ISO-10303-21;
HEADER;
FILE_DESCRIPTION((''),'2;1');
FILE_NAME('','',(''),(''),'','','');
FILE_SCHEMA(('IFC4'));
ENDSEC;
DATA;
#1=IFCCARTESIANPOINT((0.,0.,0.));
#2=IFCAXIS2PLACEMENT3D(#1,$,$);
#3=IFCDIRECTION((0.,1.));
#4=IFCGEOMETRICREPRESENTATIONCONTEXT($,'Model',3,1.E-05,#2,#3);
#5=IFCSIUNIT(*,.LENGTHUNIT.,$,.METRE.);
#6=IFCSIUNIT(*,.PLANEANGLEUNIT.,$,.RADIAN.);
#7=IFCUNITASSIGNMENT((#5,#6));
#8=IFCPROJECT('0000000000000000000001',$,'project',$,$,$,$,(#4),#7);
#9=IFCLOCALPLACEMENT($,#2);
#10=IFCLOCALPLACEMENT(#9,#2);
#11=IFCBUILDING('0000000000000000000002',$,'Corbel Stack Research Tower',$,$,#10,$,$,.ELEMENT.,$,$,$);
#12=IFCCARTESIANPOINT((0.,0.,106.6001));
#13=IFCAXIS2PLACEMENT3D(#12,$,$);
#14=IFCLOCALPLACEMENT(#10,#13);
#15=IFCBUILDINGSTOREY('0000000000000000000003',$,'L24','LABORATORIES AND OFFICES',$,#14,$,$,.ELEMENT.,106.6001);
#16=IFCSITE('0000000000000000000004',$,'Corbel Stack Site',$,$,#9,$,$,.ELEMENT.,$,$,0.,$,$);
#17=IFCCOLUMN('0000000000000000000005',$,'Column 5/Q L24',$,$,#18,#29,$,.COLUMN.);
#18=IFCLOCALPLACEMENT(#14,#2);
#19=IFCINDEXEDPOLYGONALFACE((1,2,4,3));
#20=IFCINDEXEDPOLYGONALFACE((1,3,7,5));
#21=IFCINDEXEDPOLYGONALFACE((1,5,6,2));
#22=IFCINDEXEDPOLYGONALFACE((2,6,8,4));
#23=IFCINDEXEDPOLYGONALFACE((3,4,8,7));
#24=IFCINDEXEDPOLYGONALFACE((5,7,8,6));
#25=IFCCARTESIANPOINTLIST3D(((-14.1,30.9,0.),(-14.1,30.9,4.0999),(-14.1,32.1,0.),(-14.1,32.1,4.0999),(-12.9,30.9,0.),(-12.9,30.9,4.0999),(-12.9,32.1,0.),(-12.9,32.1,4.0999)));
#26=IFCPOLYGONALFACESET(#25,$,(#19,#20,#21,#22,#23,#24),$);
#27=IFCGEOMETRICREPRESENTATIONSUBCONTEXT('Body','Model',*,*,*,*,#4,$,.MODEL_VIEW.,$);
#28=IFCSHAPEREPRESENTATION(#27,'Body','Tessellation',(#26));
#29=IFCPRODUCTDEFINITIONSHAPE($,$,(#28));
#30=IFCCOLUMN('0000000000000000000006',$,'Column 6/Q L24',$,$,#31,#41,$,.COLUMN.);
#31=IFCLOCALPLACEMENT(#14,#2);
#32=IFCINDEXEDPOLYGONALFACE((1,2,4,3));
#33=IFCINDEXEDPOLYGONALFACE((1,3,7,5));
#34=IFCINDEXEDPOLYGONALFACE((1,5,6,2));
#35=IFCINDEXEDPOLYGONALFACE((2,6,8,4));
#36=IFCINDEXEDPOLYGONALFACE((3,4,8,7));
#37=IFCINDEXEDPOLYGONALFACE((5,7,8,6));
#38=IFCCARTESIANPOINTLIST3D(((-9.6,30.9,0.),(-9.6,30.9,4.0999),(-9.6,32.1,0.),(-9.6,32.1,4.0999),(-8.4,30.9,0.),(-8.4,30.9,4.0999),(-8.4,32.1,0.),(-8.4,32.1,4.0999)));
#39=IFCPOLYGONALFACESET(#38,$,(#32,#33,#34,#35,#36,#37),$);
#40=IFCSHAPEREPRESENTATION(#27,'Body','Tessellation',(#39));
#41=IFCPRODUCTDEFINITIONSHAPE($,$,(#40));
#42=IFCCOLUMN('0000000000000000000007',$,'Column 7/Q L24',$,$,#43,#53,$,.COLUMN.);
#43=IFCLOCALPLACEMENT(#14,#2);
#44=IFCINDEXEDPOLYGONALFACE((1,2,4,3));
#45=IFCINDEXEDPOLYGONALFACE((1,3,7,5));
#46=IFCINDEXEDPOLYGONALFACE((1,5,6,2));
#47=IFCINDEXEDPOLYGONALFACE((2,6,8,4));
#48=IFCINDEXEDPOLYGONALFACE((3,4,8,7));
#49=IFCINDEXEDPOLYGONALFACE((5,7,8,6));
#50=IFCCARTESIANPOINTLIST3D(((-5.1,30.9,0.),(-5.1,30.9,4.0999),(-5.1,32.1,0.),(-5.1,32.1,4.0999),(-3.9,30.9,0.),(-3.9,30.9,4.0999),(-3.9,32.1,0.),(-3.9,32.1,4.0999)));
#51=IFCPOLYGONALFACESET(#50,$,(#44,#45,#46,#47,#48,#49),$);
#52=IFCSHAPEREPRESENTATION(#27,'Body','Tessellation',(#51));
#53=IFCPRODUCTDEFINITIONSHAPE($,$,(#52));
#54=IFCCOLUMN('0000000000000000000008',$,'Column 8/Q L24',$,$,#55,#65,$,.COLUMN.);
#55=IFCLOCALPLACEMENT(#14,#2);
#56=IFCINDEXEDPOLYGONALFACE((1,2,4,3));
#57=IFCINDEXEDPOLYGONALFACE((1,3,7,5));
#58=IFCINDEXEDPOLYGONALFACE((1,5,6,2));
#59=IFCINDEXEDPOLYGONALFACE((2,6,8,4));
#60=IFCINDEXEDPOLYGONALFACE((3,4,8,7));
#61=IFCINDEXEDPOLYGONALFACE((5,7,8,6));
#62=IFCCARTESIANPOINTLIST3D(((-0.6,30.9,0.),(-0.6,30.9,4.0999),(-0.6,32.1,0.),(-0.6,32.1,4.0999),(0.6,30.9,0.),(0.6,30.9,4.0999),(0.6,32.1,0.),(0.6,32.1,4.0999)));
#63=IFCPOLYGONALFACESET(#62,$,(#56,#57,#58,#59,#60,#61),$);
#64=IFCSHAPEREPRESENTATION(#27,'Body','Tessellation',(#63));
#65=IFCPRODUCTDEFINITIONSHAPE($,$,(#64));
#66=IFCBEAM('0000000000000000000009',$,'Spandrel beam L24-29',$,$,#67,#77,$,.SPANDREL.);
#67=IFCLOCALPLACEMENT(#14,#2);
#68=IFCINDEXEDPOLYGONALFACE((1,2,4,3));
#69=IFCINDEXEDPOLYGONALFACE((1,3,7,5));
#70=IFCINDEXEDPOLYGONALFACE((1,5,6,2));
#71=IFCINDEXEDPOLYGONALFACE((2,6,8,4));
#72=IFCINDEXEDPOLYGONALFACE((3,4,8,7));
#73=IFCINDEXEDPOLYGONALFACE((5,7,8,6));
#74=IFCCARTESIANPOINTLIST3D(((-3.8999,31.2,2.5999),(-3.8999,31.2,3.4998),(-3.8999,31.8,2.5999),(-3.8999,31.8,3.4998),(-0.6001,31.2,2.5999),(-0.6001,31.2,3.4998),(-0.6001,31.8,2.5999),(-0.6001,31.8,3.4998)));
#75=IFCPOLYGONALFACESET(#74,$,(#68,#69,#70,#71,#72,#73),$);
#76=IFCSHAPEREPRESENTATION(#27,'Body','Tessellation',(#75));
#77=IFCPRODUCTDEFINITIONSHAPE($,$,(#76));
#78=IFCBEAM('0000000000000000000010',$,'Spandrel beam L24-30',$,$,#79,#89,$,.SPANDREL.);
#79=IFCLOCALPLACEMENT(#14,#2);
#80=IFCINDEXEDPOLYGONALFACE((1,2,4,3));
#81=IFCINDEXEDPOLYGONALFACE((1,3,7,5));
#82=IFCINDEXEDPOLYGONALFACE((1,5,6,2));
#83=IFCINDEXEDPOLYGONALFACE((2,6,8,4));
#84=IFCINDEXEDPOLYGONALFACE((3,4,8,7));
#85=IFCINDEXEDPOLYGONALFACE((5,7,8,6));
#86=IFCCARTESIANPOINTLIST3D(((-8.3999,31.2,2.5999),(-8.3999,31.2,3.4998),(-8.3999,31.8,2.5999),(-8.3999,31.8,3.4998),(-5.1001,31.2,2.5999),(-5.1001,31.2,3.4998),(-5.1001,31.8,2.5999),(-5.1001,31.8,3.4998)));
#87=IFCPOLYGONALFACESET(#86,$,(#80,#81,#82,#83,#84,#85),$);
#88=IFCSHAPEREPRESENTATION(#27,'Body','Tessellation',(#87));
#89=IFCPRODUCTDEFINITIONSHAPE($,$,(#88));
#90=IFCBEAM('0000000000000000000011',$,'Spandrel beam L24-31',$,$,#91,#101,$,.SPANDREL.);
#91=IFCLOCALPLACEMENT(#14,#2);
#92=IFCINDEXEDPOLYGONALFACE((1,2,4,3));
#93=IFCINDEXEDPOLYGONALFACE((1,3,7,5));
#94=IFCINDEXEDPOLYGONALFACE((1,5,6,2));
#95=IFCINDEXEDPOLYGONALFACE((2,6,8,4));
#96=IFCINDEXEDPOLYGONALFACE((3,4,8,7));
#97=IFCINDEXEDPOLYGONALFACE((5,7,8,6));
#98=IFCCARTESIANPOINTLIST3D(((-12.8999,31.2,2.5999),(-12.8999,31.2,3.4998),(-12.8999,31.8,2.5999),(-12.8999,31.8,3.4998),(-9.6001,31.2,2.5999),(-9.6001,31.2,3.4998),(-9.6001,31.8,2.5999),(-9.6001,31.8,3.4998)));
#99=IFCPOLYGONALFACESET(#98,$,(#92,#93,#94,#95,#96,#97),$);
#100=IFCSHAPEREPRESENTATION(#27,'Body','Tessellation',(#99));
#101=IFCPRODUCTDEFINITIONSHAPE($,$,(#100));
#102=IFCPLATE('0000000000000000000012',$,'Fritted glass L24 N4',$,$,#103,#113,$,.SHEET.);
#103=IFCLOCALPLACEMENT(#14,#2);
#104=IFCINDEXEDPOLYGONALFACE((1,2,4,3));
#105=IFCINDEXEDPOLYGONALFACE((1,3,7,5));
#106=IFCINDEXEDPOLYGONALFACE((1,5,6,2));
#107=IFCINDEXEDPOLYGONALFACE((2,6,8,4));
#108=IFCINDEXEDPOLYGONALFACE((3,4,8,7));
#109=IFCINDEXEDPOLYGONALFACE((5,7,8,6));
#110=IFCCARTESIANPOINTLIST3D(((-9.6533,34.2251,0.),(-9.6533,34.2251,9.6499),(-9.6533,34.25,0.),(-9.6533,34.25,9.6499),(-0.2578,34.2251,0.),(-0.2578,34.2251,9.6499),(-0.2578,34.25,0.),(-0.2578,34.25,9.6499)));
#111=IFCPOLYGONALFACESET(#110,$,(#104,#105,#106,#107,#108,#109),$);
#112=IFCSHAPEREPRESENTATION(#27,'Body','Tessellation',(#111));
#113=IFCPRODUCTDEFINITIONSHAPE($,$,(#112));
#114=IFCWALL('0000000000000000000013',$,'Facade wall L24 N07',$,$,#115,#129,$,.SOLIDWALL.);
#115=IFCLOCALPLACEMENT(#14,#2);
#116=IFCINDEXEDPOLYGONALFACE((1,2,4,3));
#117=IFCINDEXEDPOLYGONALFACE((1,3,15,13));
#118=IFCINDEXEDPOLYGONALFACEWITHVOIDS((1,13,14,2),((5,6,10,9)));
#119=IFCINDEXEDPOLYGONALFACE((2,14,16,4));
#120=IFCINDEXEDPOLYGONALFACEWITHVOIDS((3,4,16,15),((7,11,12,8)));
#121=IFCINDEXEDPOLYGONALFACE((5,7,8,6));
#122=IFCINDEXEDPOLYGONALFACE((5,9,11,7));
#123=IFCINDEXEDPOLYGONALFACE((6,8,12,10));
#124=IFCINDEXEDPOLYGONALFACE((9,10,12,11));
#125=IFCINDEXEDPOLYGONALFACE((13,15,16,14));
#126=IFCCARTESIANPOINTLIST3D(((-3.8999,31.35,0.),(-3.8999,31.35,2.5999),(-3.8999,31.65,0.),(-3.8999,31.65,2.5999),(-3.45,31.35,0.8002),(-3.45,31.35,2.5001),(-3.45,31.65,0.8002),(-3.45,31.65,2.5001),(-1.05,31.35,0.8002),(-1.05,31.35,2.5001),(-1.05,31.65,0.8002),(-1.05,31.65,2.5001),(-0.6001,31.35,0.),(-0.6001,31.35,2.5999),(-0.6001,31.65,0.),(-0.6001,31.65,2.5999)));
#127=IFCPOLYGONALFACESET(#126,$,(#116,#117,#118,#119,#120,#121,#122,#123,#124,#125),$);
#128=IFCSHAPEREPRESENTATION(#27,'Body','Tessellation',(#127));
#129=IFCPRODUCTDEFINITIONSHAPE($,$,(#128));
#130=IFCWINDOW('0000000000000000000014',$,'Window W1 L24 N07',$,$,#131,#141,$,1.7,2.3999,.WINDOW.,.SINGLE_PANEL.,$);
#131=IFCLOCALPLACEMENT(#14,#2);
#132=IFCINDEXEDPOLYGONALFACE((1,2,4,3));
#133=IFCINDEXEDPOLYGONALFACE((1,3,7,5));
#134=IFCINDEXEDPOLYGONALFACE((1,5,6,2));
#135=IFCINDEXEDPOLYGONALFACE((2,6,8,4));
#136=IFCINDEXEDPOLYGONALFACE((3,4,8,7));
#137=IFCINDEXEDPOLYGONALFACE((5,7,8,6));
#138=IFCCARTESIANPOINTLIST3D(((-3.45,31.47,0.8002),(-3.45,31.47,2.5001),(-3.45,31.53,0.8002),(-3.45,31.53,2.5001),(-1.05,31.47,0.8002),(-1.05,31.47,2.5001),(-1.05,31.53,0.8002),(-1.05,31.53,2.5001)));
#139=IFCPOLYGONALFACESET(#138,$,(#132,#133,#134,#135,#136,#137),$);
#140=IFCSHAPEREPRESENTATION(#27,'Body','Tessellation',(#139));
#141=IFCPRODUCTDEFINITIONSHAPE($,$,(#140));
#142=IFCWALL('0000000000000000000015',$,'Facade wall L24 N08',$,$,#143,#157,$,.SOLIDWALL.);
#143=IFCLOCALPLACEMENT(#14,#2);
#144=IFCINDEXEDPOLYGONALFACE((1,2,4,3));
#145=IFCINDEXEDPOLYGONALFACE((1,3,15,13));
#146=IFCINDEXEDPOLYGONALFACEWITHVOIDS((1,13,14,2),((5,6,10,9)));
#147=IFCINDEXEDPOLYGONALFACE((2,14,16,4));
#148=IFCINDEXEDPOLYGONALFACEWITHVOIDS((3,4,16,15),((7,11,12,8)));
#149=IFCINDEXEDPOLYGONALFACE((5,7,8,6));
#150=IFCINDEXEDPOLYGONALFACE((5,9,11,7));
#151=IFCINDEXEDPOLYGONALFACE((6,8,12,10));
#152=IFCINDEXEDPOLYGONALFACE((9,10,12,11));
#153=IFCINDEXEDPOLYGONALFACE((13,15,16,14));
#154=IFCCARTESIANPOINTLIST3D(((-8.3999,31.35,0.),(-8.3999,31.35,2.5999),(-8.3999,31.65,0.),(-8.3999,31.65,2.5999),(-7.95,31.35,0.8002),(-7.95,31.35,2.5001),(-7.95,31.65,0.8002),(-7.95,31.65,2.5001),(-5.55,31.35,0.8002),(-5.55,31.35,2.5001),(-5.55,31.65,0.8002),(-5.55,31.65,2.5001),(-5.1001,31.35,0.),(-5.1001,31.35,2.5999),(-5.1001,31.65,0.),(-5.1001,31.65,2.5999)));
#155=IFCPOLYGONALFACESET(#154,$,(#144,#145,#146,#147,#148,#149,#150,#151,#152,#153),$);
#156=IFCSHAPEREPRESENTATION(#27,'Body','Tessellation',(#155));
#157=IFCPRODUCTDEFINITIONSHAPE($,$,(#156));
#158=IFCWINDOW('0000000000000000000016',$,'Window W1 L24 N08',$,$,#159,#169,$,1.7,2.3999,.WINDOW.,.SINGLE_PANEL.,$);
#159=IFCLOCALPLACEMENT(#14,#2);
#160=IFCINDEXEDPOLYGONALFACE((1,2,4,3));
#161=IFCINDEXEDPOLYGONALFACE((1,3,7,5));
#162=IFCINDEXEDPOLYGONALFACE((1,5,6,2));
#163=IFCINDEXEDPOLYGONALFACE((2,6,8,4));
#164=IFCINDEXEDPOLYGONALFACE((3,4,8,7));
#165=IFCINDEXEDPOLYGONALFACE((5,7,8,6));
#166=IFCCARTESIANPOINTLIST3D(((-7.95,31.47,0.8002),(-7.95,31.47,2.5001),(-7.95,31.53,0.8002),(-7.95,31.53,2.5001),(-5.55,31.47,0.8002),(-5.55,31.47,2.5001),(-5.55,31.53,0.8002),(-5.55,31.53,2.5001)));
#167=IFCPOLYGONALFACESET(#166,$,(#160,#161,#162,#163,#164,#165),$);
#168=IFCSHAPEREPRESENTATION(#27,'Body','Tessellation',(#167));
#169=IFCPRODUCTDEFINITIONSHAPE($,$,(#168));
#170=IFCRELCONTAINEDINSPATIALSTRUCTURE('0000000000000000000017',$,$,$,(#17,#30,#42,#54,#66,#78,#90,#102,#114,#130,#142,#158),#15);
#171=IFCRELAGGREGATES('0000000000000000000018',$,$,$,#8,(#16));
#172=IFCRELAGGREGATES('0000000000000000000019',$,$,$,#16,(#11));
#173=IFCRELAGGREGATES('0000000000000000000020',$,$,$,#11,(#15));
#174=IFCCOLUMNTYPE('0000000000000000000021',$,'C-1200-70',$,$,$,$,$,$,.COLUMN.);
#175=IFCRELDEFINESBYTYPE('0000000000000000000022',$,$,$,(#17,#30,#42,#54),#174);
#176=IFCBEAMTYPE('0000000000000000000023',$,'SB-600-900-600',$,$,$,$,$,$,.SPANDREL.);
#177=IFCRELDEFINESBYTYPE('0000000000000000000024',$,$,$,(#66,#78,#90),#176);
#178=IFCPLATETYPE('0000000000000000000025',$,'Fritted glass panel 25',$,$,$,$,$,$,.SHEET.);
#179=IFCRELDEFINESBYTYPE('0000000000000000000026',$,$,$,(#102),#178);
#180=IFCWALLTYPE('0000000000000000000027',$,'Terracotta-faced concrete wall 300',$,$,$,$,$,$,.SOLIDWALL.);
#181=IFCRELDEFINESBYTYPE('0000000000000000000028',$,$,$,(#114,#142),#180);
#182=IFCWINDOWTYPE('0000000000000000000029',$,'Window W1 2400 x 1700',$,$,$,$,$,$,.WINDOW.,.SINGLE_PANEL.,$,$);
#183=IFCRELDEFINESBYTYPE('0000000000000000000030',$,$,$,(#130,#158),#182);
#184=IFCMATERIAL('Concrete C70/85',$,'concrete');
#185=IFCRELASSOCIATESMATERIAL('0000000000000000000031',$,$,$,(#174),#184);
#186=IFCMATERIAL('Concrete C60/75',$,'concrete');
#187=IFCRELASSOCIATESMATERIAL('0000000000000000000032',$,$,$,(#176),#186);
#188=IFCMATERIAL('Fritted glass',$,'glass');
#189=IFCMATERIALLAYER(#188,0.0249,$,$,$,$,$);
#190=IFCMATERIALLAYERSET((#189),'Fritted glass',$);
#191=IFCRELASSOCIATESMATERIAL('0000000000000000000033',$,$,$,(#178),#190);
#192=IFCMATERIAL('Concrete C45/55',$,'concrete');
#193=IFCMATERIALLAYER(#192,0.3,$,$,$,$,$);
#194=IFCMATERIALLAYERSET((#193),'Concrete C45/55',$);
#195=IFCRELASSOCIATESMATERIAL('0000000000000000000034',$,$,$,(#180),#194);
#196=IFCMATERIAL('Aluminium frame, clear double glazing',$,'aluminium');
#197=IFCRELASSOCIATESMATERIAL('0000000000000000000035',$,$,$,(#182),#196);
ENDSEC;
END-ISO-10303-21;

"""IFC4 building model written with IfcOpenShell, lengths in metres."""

from ifc_helpers import new_model, si_unit, direction, frame, frame_2d, origin, origin_2d, place, context, subcontext, project, spatial, rectangle, extrude, material, layer, layer_set, material_profile, profile_set, type_object, element, fill, save


model = new_model("IFC4")

# Units and contexts
model_context = context("Model", 3, precision=1e-05, world=origin(), true_north=direction((0.0, 1.0)))
body_context = subcontext(model_context, "Body", "Model", "MODEL_VIEW")
ifc_project = project(units=[si_unit("LENGTHUNIT", "METRE"), si_unit("PLANEANGLEUNIT", "RADIAN")], contexts=[model_context])

# Site, building, storey
site_placement = place(None, origin())
site = spatial("IfcSite", under=ifc_project, at=site_placement, Name="Corbel Stack Site", CompositionType="ELEMENT", RefElevation=0.0)
building_placement = place(site_placement, origin())
building = spatial("IfcBuilding", under=site, at=building_placement, Name="Corbel Stack Research Tower", CompositionType="ELEMENT")
storey_placement = place(building_placement, frame((0.0, 0.0, 106.6001)))
storey = spatial("IfcBuildingStorey", under=building, at=storey_placement, Name="L24", Description="LABORATORIES AND OFFICES", CompositionType="ELEMENT", Elevation=106.6001)

# Columns
ifc_material_1 = material(Name="Concrete C70/85", Category="concrete")
ifc_material_profile_1 = material_profile(ifc_material_1, rectangle(XDim=1.2, YDim=1.2, at=origin_2d()), Name="RC 1200 x 1200")
ifc_profile_set_1 = profile_set([ifc_material_profile_1], Name="Concrete C70/85")
column_type = type_object("IfcColumnType", Name="C-1200-70", PredefinedType="COLUMN", material=ifc_profile_set_1)
for number, where, z_axis, x_axis, name in (
    (1, (-13.5, 31.5, 0.0), (0.0, 0.0, 1.0), (1.0, 0.0, 0.0), "Column 5/Q L24"),
    (2, (-9.0, 31.5, 0.0), (0.0, 0.0, 1.0), (1.0, 0.0, 0.0), "Column 6/Q L24"),
    (3, (-4.5, 31.5, 0.0), (0.0, 0.0, 1.0), (1.0, 0.0, 0.0), "Column 7/Q L24"),
    (4, (0.0, 31.5, 0.0), (0.0, 0.0, 1.0), (1.0, 0.0, 0.0), "Column 8/Q L24"),
):
    element("IfcColumn", number, at=place(storey_placement, frame(where, z_axis=z_axis, x_axis=x_axis)), inside=storey, type_object=column_type, Name=name, PredefinedType="COLUMN", context=body_context, shape_type="SweptSolid", body=[
        extrude(rectangle(XDim=1.2, YDim=1.2, at=origin_2d()), origin(), (0.0, 0.0, 1.0), 4.0999),
    ])

# Beams
ifc_material_2 = material(Name="Concrete C60/75", Category="concrete")
ifc_material_profile_2 = material_profile(ifc_material_2, rectangle(XDim=0.6001, YDim=0.8999, at=origin_2d()), Name="RC 600 x 900")
ifc_profile_set_2 = profile_set([ifc_material_profile_2], Name="Concrete C60/75")
beam_type = type_object("IfcBeamType", Name="SB-600-900-600", PredefinedType="SPANDREL", material=ifc_profile_set_2)
for number, where, z_axis, x_axis, name in (
    (5, (-0.6001, 31.5, 3.0498), (-1.0, 0.0, 0.0), (0.0, -1.0, 0.0), "Spandrel beam L24-29"),
    (6, (-5.1001, 31.5, 3.0498), (-1.0, 0.0, 0.0), (0.0, -1.0, 0.0), "Spandrel beam L24-30"),
    (7, (-9.6001, 31.5, 3.0498), (-1.0, 0.0, 0.0), (0.0, -1.0, 0.0), "Spandrel beam L24-31"),
):
    element("IfcBeam", number, at=place(storey_placement, frame(where, z_axis=z_axis, x_axis=x_axis)), inside=storey, type_object=beam_type, Name=name, PredefinedType="SPANDREL", context=body_context, shape_type="SweptSolid", body=[
        extrude(rectangle(XDim=0.6001, YDim=0.8999, at=origin_2d()), origin(), (0.0, 0.0, 1.0), 3.2998),
    ])

# Plate
ifc_material_3 = material(Name="Fritted glass", Category="glass")
ifc_layer_1 = layer(ifc_material_3, 0.0249)
ifc_layer_set_1 = layer_set([ifc_layer_1], Name="Fritted glass")
plate_type = type_object("IfcPlateType", Name="Fritted glass panel 25", PredefinedType="SHEET", material=ifc_layer_set_1)
plate_placement = place(storey_placement, frame((-4.9556, 34.2375, 0.0), z_axis=(0.0, 0.0, 1.0), x_axis=(-1.0, 0.0, 0.0)))
element("IfcPlate", 8, at=plate_placement, inside=storey, type_object=plate_type, Name="Fritted glass L24 N4", PredefinedType="SHEET", context=body_context, shape_type="SweptSolid", body=[
    extrude(rectangle(XDim=9.3955, YDim=0.0249, at=origin_2d()), origin(), (0.0, 0.0, 1.0), 9.6499),
])

# Walls, openings, windows
ifc_material_4 = material(Name="Concrete C45/55", Category="concrete")
ifc_layer_2 = layer(ifc_material_4, 0.3)
ifc_layer_set_2 = layer_set([ifc_layer_2], Name="Concrete C45/55")
wall_type = type_object("IfcWallType", Name="Terracotta-faced concrete wall 300", PredefinedType="SOLIDWALL", material=ifc_layer_set_2)
wall_1_placement = place(storey_placement, frame((-3.8999, 31.5, 0.0), z_axis=(0.0, 0.0, 1.0), x_axis=(1.0, 0.0, 0.0)))
wall_1 = element("IfcWall", 9, at=wall_1_placement, inside=storey, type_object=wall_type, Name="Facade wall L24 N07", PredefinedType="SOLIDWALL", context=body_context, shape_type="SweptSolid", body=[
    extrude(rectangle(XDim=3.2998, YDim=0.3, at=frame_2d((1.6499, 0.0))), origin(), (0.0, 0.0, 1.0), 2.5999),
])
opening_1_placement = place(wall_1_placement, frame((0.45, 0.0, 0.8)))
opening_1 = element("IfcOpeningElement", 10, at=opening_1_placement, cuts=wall_1, PredefinedType="OPENING", context=body_context, shape_type="SweptSolid", body=[
    extrude(rectangle(XDim=2.3999, YDim=1.7, at=frame_2d((1.2, 0.8501))), frame((0.0, 0.1599, 0.0), z_axis=(0.0, -1.0, 0.0), x_axis=(1.0, 0.0, 0.0)), (0.0, 0.0, 1.0), 0.3201),
])
ifc_material_5 = material(Name="Aluminium frame, clear double glazing", Category="aluminium")
window_type = type_object("IfcWindowType", Name="Window W1 2400 x 1700", PartitioningType="SINGLE_PANEL", PredefinedType="WINDOW", material=ifc_material_5)
window_1_placement = place(opening_1_placement, origin())
window_1 = element("IfcWindow", 11, at=window_1_placement, inside=storey, type_object=window_type, Name="Window W1 L24 N07", OverallHeight=1.7, OverallWidth=2.3999, PartitioningType="SINGLE_PANEL", PredefinedType="WINDOW", context=body_context, shape_type="SweptSolid", body=[
    extrude(rectangle(XDim=2.3999, YDim=1.7, at=frame_2d((1.2, 0.8501))), frame((0.0, 0.03, 0.0), z_axis=(0.0, -1.0, 0.0), x_axis=(1.0, 0.0, 0.0)), (0.0, 0.0, 1.0), 0.0601),
])
fill(opening_1, window_1)
wall_2_placement = place(storey_placement, frame((-8.3999, 31.5, 0.0), z_axis=(0.0, 0.0, 1.0), x_axis=(1.0, 0.0, 0.0)))
wall_2 = element("IfcWall", 12, at=wall_2_placement, inside=storey, type_object=wall_type, Name="Facade wall L24 N08", PredefinedType="SOLIDWALL", context=body_context, shape_type="SweptSolid", body=[
    extrude(rectangle(XDim=3.2998, YDim=0.3, at=frame_2d((1.6499, 0.0))), origin(), (0.0, 0.0, 1.0), 2.5999),
])
opening_2_placement = place(wall_2_placement, frame((0.45, 0.0, 0.8)))
opening_2 = element("IfcOpeningElement", 13, at=opening_2_placement, cuts=wall_2, PredefinedType="OPENING", context=body_context, shape_type="SweptSolid", body=[
    extrude(rectangle(XDim=2.3999, YDim=1.7, at=frame_2d((1.2, 0.8501))), frame((0.0, 0.1599, 0.0), z_axis=(0.0, -1.0, 0.0), x_axis=(1.0, 0.0, 0.0)), (0.0, 0.0, 1.0), 0.3201),
])
window_2_placement = place(opening_2_placement, origin())
window_2 = element("IfcWindow", 14, at=window_2_placement, inside=storey, type_object=window_type, Name="Window W1 L24 N08", OverallHeight=1.7, OverallWidth=2.3999, PartitioningType="SINGLE_PANEL", PredefinedType="WINDOW", context=body_context, shape_type="SweptSolid", body=[
    extrude(rectangle(XDim=2.3999, YDim=1.7, at=frame_2d((1.2, 0.8501))), frame((0.0, 0.03, 0.0), z_axis=(0.0, -1.0, 0.0), x_axis=(1.0, 0.0, 0.0)), (0.0, 0.0, 1.0), 0.0601),
])
fill(opening_2, window_2)

save(model, "model.ifc")
